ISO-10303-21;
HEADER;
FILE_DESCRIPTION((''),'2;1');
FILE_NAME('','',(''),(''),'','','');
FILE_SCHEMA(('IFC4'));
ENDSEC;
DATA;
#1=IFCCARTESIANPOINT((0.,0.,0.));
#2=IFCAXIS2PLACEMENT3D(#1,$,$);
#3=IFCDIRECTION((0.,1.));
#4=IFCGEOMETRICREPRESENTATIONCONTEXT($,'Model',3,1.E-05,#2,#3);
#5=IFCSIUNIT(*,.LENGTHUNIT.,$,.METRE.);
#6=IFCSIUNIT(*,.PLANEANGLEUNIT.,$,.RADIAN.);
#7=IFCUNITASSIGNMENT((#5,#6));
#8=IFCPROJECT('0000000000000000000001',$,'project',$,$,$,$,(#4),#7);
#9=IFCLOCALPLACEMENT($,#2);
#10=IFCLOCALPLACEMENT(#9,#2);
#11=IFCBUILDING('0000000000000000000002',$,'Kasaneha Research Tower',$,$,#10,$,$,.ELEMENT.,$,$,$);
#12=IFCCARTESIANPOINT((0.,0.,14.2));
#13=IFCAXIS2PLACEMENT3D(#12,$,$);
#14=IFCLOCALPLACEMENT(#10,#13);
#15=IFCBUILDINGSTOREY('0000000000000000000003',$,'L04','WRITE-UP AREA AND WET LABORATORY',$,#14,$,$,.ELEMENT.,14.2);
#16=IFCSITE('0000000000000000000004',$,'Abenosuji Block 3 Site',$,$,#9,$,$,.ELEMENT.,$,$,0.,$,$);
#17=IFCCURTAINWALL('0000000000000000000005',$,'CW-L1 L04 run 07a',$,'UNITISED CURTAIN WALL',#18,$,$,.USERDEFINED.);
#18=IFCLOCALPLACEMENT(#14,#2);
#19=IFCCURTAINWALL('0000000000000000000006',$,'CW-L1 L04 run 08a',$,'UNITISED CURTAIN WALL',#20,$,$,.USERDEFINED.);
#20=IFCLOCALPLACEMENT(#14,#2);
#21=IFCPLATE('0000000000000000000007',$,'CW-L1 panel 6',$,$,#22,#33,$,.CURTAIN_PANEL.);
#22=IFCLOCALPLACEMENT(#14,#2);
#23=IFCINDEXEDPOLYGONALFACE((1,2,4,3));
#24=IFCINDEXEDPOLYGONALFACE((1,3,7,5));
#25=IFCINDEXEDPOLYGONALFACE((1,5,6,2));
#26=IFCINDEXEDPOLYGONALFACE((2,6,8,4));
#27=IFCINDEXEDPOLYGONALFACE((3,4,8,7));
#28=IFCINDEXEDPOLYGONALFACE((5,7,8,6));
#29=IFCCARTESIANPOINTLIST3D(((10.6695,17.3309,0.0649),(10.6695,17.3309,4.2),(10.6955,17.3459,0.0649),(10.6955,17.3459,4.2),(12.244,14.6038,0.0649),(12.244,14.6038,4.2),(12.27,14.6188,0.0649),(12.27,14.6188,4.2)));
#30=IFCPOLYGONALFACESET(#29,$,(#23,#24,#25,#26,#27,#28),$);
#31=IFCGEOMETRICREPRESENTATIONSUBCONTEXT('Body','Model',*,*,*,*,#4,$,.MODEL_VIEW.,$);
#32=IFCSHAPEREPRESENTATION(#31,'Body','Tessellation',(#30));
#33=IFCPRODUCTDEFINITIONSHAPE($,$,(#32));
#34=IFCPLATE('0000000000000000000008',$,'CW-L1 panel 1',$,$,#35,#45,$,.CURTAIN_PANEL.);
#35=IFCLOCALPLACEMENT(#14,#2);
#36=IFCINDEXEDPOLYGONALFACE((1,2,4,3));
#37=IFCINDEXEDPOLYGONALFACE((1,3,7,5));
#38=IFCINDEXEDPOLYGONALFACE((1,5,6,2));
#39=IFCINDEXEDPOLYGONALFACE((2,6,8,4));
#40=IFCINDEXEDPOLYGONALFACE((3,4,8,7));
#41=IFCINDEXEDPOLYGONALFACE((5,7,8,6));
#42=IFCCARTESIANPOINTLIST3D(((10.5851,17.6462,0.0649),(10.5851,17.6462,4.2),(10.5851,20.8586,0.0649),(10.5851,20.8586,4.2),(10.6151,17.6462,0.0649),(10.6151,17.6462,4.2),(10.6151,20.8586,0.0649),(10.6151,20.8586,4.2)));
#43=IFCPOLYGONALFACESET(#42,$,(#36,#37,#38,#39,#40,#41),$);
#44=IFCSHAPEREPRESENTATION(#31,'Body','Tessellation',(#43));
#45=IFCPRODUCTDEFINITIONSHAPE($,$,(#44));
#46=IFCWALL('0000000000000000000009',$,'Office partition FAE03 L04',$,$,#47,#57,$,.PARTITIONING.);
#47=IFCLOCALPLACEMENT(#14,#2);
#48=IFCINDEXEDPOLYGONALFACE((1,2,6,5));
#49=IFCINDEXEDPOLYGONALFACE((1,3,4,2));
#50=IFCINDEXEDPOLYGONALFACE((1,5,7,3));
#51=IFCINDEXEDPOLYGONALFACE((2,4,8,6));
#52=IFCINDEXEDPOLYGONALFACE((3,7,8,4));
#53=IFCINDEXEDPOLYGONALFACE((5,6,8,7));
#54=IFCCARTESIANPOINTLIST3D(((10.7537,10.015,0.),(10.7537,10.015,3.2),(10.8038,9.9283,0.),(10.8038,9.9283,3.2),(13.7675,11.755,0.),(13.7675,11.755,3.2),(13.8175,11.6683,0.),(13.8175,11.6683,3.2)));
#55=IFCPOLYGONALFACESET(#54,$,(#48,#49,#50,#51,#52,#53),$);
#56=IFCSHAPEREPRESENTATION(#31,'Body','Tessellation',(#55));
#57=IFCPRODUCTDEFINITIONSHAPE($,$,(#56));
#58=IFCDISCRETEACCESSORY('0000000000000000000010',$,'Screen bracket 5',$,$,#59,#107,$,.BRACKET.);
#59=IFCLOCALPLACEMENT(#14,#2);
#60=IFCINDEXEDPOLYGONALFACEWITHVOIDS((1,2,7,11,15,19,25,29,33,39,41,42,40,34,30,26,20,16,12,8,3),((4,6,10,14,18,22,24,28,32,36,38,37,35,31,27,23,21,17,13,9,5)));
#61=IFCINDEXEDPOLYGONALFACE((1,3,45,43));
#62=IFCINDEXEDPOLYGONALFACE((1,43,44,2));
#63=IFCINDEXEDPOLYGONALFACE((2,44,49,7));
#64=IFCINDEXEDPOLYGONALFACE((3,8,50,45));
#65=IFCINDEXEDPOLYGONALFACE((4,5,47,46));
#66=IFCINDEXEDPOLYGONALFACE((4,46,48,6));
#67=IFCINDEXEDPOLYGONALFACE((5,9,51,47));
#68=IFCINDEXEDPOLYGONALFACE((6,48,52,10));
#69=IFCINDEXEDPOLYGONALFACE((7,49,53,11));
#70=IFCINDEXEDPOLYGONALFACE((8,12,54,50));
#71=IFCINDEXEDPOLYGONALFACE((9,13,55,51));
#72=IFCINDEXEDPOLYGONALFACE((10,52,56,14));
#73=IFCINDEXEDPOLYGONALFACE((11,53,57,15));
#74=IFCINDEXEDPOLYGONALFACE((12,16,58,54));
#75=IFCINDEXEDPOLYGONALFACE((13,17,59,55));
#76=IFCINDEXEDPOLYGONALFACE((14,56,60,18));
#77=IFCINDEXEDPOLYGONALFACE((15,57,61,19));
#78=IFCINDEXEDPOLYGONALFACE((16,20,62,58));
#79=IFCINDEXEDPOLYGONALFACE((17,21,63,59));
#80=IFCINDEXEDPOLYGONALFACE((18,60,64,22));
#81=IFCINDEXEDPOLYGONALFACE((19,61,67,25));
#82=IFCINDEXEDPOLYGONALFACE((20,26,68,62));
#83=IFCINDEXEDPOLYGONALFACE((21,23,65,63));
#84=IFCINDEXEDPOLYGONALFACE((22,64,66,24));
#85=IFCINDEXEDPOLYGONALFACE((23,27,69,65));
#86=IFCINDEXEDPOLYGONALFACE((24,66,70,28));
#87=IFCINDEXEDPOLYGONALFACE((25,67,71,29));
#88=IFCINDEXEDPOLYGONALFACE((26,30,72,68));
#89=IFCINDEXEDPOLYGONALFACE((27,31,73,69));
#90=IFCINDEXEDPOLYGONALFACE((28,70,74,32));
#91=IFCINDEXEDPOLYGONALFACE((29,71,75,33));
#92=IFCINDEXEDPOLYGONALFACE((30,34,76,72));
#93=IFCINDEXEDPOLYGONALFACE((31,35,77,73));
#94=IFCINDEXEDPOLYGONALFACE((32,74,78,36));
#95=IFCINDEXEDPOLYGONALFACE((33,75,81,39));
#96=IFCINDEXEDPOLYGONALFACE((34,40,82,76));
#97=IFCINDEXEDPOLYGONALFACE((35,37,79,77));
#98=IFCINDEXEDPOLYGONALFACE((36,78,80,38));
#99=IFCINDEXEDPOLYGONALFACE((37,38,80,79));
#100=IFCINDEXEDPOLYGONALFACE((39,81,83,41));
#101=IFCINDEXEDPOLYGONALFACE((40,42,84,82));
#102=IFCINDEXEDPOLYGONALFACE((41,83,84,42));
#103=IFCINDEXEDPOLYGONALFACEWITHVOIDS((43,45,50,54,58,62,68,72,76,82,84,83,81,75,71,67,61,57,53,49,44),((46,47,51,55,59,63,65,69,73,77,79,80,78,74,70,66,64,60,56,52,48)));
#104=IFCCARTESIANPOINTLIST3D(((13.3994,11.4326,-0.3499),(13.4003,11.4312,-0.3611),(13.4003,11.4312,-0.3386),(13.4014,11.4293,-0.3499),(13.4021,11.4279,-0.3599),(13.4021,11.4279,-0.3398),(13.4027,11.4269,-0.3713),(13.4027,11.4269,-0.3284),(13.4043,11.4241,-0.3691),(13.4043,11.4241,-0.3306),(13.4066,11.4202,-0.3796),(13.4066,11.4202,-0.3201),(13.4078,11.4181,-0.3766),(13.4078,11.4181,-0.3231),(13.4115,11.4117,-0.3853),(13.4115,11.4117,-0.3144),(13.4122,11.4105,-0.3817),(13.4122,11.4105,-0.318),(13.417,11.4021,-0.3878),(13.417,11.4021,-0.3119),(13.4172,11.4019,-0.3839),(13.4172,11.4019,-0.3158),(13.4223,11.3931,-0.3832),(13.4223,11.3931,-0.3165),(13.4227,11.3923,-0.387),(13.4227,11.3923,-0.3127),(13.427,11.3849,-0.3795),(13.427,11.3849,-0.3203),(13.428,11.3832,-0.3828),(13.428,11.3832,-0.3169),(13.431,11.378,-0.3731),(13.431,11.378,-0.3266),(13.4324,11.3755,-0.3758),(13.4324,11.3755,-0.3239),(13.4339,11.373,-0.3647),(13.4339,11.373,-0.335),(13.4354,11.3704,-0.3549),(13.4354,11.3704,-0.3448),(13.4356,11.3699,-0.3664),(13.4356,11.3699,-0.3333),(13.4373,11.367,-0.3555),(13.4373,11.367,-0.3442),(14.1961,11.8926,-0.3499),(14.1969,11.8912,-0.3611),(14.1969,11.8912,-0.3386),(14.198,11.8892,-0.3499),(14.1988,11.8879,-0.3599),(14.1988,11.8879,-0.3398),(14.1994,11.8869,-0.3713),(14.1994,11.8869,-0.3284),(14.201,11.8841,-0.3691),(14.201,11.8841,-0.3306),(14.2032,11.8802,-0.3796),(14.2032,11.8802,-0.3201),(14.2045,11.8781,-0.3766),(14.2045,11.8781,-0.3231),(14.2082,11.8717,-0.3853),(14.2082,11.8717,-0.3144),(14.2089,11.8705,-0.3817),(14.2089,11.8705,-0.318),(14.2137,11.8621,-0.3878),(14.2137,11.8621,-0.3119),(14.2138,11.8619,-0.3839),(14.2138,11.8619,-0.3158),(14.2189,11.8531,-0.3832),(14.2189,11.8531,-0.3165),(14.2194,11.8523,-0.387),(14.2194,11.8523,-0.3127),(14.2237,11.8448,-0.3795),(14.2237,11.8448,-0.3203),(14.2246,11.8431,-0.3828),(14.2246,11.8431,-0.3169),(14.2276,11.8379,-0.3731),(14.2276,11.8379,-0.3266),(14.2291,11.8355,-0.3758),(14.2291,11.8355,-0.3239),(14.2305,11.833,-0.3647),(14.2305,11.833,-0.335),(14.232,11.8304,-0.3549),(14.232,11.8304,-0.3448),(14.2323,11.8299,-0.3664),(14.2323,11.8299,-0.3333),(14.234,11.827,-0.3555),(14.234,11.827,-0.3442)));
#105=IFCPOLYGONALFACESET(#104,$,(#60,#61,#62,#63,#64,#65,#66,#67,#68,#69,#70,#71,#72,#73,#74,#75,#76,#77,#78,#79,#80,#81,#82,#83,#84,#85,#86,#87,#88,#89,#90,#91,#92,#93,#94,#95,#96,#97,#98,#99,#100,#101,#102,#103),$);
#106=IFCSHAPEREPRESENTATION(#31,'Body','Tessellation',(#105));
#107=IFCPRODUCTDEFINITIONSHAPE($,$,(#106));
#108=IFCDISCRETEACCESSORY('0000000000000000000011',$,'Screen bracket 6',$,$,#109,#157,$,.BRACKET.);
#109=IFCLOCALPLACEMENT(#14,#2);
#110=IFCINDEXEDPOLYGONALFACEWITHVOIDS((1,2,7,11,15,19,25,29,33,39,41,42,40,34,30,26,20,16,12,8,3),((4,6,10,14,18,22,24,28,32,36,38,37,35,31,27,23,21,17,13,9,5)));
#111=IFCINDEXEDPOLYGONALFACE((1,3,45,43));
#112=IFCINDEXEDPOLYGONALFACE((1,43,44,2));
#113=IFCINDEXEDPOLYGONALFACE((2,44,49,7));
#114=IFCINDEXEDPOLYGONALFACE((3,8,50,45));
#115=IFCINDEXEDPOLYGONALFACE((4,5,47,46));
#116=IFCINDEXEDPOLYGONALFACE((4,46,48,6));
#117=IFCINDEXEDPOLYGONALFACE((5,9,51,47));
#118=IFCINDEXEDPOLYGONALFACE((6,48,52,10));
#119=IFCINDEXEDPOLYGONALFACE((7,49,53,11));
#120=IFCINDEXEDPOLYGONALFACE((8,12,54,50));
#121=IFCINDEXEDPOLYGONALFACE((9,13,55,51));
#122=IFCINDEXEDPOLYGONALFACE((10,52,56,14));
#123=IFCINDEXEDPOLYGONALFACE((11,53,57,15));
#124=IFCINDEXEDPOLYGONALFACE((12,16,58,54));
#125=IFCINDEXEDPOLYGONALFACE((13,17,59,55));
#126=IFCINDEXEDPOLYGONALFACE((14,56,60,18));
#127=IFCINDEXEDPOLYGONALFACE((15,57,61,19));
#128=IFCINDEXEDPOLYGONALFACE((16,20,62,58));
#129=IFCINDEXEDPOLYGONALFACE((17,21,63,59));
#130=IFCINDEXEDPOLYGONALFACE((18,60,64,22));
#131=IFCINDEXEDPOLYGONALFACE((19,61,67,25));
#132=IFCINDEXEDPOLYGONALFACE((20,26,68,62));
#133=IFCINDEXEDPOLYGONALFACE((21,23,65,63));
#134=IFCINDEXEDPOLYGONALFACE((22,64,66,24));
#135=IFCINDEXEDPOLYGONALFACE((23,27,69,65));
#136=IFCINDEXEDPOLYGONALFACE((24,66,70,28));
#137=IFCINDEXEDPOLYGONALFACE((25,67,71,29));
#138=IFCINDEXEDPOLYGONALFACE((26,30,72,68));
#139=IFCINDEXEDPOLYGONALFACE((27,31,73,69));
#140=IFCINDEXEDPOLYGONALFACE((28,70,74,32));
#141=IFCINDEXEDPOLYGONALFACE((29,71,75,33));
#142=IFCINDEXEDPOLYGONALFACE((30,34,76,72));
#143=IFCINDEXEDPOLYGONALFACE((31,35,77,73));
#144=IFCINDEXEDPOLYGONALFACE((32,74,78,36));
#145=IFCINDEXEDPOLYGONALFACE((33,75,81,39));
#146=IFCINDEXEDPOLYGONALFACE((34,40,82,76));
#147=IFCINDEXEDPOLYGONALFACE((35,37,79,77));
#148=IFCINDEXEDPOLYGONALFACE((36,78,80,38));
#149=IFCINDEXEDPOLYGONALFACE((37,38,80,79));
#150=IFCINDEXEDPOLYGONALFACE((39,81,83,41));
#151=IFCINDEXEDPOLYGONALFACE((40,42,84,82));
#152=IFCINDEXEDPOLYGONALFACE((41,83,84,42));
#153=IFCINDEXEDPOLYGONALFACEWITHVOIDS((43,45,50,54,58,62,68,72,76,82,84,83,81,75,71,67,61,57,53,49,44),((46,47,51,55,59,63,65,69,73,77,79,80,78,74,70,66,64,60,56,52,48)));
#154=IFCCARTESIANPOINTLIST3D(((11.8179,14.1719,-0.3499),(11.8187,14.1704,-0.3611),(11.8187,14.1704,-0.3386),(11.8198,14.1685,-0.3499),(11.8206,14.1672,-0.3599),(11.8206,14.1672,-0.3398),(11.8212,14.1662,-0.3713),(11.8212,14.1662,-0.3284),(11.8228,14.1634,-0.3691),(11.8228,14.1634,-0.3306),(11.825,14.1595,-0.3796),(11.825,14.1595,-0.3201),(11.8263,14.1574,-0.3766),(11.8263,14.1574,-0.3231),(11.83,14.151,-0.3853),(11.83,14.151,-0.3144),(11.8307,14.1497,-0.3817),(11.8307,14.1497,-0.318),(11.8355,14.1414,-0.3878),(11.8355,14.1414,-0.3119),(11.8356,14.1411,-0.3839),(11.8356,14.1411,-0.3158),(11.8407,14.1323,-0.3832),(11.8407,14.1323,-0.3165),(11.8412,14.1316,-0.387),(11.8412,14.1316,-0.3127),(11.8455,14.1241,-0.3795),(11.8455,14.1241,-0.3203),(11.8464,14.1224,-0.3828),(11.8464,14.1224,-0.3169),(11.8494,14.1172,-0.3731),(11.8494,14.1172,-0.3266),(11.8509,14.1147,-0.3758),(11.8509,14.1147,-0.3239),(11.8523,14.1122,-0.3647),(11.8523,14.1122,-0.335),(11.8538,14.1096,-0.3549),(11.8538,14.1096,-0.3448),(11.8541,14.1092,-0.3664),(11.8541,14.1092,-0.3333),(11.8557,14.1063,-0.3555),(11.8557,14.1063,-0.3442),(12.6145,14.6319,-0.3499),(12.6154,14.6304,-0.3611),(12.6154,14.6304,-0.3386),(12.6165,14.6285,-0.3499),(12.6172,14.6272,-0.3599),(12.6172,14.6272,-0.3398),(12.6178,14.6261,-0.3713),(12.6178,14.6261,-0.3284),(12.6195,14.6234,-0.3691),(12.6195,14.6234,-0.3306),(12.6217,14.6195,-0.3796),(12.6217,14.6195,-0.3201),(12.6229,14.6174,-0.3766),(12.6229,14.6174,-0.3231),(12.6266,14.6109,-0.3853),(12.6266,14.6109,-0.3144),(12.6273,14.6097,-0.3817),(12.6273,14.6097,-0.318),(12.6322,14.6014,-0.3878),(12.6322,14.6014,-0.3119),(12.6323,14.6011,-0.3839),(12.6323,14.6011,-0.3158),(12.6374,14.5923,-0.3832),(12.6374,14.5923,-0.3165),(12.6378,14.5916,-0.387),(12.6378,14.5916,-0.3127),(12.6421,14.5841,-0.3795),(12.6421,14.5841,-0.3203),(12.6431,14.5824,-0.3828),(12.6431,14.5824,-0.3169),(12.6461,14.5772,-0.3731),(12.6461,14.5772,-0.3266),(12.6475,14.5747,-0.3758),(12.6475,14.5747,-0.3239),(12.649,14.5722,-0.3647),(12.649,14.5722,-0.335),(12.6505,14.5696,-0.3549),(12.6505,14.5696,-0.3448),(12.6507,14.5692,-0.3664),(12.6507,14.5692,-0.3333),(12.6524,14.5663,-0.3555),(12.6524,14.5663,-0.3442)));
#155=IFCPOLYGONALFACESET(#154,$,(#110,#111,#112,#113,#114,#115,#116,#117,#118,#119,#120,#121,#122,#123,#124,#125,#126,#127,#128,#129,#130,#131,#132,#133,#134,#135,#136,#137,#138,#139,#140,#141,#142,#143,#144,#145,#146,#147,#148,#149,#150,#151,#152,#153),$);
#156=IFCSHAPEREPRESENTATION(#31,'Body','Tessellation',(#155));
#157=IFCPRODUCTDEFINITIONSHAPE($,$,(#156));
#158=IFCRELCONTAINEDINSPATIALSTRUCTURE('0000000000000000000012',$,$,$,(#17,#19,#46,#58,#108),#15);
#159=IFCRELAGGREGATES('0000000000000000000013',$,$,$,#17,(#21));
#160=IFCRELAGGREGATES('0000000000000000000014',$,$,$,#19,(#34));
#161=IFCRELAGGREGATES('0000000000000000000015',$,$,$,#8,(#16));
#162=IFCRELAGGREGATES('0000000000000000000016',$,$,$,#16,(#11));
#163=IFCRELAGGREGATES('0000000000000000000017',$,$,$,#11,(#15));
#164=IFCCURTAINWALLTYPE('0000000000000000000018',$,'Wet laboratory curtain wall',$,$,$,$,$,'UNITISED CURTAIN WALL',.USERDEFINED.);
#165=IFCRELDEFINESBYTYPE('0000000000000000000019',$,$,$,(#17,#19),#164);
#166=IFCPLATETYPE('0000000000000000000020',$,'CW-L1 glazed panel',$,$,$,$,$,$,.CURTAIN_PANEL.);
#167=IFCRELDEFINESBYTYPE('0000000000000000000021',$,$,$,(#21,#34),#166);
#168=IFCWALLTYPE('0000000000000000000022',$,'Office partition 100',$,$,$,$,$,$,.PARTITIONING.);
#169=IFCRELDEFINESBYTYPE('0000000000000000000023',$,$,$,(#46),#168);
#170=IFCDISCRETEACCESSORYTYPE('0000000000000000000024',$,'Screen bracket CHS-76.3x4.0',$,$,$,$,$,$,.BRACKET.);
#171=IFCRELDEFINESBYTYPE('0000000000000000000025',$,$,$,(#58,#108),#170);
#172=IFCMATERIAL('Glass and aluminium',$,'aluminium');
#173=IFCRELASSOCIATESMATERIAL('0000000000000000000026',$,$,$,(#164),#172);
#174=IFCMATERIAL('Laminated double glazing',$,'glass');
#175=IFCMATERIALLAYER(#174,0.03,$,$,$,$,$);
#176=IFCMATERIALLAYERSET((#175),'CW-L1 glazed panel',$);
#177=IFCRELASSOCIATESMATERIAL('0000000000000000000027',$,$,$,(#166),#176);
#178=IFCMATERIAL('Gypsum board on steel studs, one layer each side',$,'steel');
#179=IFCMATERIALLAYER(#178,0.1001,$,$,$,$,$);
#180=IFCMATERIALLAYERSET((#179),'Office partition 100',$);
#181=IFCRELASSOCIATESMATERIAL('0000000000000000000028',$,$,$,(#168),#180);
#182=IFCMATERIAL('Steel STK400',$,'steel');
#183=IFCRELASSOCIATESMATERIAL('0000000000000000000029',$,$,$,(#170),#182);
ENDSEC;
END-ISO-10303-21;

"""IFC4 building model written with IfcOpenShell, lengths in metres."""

from ifc_helpers import new_model, si_unit, direction, frame, frame_2d, origin, origin_2d, place, context, subcontext, project, spatial, rectangle, hollow_circle, extrude, material, layer, layer_set, material_profile, profile_set, type_object, element, aggregate, save


model = new_model("IFC4")

# Units and contexts
model_context = context("Model", 3, precision=1e-05, world=origin(), true_north=direction((0.0, 1.0)))
body_context = subcontext(model_context, "Body", "Model", "MODEL_VIEW")
ifc_project = project(units=[si_unit("LENGTHUNIT", "METRE"), si_unit("PLANEANGLEUNIT", "RADIAN")], contexts=[model_context])

# Site, building, storey
site_placement = place(None, origin())
site = spatial("IfcSite", under=ifc_project, at=site_placement, Name="Abenosuji Block 3 Site", CompositionType="ELEMENT", RefElevation=0.0)
building_placement = place(site_placement, origin())
building = spatial("IfcBuilding", under=site, at=building_placement, Name="Kasaneha Research Tower", CompositionType="ELEMENT")
storey_placement = place(building_placement, frame((0.0, 0.0, 14.2)))
storey = spatial("IfcBuildingStorey", under=building, at=storey_placement, Name="L04", Description="WRITE-UP AREA AND WET LABORATORY", CompositionType="ELEMENT", Elevation=14.2)

# Curtain walls
ifc_material_1 = material(Name="Glass and aluminium", Category="aluminium")
curtain_wall_type = type_object("IfcCurtainWallType", Name="Wet laboratory curtain wall", ElementType="UNITISED CURTAIN WALL", PredefinedType="USERDEFINED", material=ifc_material_1)
curtain_wall_1_placement = place(storey_placement, origin())
curtain_wall_1 = element("IfcCurtainWall", 1, at=curtain_wall_1_placement, inside=storey, type_object=curtain_wall_type, Name="CW-L1 L04 run 07a", ObjectType="UNITISED CURTAIN WALL", PredefinedType="USERDEFINED")
curtain_wall_2_placement = place(storey_placement, origin())
curtain_wall_2 = element("IfcCurtainWall", 2, at=curtain_wall_2_placement, inside=storey, type_object=curtain_wall_type, Name="CW-L1 L04 run 08a", ObjectType="UNITISED CURTAIN WALL", PredefinedType="USERDEFINED")

# Plates
ifc_material_2 = material(Name="Laminated double glazing", Category="glass")
ifc_layer_1 = layer(ifc_material_2, 0.03)
ifc_layer_set_1 = layer_set([ifc_layer_1], Name="CW-L1 glazed panel")
plate_type = type_object("IfcPlateType", Name="CW-L1 glazed panel", PredefinedType="CURTAIN_PANEL", material=ifc_layer_set_1)
plate_1_placement = place(storey_placement, frame((11.4697, 15.9749, 0.0649), z_axis=(0.0, 0.0, 1.0), x_axis=(-0.5, 0.866025, 0.0)))
plate_1 = element("IfcPlate", 3, at=plate_1_placement, type_object=plate_type, Name="CW-L1 panel 6", PredefinedType="CURTAIN_PANEL", context=body_context, shape_type="SweptSolid", body=[
    extrude(rectangle(XDim=3.1489, YDim=0.03, at=origin_2d()), origin(), (0.0, 0.0, 1.0), 4.135),
])
aggregate(curtain_wall_1, [plate_1])
plate_2_placement = place(storey_placement, frame((10.6001, 19.2524, 0.0649), z_axis=(0.0, 0.0, 1.0), x_axis=(0.0, 1.0, 0.0)))
plate_2 = element("IfcPlate", 4, at=plate_2_placement, type_object=plate_type, Name="CW-L1 panel 1", PredefinedType="CURTAIN_PANEL", context=body_context, shape_type="SweptSolid", body=[
    extrude(rectangle(XDim=3.2124, YDim=0.03, at=origin_2d()), origin(), (0.0, 0.0, 1.0), 4.135),
])
aggregate(curtain_wall_2, [plate_2])

# Wall
ifc_material_3 = material(Name="Gypsum board on steel studs, one layer each side", Category="steel")
ifc_layer_2 = layer(ifc_material_3, 0.1001)
ifc_layer_set_2 = layer_set([ifc_layer_2], Name="Office partition 100")
wall_type = type_object("IfcWallType", Name="Office partition 100", PredefinedType="PARTITIONING", material=ifc_layer_set_2)
wall_placement = place(storey_placement, frame((13.7925, 11.7117, 0.0), z_axis=(0.0, 0.0, 1.0), x_axis=(-0.86602, -0.50001, 0.0)))
element("IfcWall", 5, at=wall_placement, inside=storey, type_object=wall_type, Name="Office partition FAE03 L04", PredefinedType="PARTITIONING", context=body_context, shape_type="SweptSolid", body=[
    extrude(rectangle(XDim=3.48, YDim=0.1001, at=frame_2d((1.74, 0.0))), origin(), (0.0, 0.0, 1.0), 3.2),
])

# Discrete accessories
ifc_material_4 = material(Name="Steel STK400", Category="steel")
ifc_material_profile_1 = material_profile(ifc_material_4, hollow_circle(Radius=0.0381, WallThickness=0.0039, at=origin_2d()), Name="CHS-76.3x4.0")
ifc_profile_set_1 = profile_set([ifc_material_profile_1], Name="Steel STK400")
discrete_accessory_type = type_object("IfcDiscreteAccessoryType", Name="Screen bracket CHS-76.3x4.0", PredefinedType="BRACKET", material=ifc_profile_set_1)
for number, where, z_axis, x_axis, name in (
    (6, (13.4185, 11.3997, -0.3499), (0.866013, 0.500021, 0.0), (-0.500021, 0.866013, 0.0), "Screen bracket 5"),
    (7, (11.8369, 14.1389, -0.3499), (0.866013, 0.500021, 0.0), (-0.500021, 0.866013, 0.0), "Screen bracket 6"),
):
    element("IfcDiscreteAccessory", number, at=place(storey_placement, frame(where, z_axis=z_axis, x_axis=x_axis)), inside=storey, type_object=discrete_accessory_type, Name=name, PredefinedType="BRACKET", context=body_context, shape_type="SweptSolid", body=[
        extrude(hollow_circle(Radius=0.0381, WallThickness=0.0039, at=origin_2d()), origin(), (0.0, 0.0, 1.0), 0.9199),
    ])

save(model, "model.ifc")
